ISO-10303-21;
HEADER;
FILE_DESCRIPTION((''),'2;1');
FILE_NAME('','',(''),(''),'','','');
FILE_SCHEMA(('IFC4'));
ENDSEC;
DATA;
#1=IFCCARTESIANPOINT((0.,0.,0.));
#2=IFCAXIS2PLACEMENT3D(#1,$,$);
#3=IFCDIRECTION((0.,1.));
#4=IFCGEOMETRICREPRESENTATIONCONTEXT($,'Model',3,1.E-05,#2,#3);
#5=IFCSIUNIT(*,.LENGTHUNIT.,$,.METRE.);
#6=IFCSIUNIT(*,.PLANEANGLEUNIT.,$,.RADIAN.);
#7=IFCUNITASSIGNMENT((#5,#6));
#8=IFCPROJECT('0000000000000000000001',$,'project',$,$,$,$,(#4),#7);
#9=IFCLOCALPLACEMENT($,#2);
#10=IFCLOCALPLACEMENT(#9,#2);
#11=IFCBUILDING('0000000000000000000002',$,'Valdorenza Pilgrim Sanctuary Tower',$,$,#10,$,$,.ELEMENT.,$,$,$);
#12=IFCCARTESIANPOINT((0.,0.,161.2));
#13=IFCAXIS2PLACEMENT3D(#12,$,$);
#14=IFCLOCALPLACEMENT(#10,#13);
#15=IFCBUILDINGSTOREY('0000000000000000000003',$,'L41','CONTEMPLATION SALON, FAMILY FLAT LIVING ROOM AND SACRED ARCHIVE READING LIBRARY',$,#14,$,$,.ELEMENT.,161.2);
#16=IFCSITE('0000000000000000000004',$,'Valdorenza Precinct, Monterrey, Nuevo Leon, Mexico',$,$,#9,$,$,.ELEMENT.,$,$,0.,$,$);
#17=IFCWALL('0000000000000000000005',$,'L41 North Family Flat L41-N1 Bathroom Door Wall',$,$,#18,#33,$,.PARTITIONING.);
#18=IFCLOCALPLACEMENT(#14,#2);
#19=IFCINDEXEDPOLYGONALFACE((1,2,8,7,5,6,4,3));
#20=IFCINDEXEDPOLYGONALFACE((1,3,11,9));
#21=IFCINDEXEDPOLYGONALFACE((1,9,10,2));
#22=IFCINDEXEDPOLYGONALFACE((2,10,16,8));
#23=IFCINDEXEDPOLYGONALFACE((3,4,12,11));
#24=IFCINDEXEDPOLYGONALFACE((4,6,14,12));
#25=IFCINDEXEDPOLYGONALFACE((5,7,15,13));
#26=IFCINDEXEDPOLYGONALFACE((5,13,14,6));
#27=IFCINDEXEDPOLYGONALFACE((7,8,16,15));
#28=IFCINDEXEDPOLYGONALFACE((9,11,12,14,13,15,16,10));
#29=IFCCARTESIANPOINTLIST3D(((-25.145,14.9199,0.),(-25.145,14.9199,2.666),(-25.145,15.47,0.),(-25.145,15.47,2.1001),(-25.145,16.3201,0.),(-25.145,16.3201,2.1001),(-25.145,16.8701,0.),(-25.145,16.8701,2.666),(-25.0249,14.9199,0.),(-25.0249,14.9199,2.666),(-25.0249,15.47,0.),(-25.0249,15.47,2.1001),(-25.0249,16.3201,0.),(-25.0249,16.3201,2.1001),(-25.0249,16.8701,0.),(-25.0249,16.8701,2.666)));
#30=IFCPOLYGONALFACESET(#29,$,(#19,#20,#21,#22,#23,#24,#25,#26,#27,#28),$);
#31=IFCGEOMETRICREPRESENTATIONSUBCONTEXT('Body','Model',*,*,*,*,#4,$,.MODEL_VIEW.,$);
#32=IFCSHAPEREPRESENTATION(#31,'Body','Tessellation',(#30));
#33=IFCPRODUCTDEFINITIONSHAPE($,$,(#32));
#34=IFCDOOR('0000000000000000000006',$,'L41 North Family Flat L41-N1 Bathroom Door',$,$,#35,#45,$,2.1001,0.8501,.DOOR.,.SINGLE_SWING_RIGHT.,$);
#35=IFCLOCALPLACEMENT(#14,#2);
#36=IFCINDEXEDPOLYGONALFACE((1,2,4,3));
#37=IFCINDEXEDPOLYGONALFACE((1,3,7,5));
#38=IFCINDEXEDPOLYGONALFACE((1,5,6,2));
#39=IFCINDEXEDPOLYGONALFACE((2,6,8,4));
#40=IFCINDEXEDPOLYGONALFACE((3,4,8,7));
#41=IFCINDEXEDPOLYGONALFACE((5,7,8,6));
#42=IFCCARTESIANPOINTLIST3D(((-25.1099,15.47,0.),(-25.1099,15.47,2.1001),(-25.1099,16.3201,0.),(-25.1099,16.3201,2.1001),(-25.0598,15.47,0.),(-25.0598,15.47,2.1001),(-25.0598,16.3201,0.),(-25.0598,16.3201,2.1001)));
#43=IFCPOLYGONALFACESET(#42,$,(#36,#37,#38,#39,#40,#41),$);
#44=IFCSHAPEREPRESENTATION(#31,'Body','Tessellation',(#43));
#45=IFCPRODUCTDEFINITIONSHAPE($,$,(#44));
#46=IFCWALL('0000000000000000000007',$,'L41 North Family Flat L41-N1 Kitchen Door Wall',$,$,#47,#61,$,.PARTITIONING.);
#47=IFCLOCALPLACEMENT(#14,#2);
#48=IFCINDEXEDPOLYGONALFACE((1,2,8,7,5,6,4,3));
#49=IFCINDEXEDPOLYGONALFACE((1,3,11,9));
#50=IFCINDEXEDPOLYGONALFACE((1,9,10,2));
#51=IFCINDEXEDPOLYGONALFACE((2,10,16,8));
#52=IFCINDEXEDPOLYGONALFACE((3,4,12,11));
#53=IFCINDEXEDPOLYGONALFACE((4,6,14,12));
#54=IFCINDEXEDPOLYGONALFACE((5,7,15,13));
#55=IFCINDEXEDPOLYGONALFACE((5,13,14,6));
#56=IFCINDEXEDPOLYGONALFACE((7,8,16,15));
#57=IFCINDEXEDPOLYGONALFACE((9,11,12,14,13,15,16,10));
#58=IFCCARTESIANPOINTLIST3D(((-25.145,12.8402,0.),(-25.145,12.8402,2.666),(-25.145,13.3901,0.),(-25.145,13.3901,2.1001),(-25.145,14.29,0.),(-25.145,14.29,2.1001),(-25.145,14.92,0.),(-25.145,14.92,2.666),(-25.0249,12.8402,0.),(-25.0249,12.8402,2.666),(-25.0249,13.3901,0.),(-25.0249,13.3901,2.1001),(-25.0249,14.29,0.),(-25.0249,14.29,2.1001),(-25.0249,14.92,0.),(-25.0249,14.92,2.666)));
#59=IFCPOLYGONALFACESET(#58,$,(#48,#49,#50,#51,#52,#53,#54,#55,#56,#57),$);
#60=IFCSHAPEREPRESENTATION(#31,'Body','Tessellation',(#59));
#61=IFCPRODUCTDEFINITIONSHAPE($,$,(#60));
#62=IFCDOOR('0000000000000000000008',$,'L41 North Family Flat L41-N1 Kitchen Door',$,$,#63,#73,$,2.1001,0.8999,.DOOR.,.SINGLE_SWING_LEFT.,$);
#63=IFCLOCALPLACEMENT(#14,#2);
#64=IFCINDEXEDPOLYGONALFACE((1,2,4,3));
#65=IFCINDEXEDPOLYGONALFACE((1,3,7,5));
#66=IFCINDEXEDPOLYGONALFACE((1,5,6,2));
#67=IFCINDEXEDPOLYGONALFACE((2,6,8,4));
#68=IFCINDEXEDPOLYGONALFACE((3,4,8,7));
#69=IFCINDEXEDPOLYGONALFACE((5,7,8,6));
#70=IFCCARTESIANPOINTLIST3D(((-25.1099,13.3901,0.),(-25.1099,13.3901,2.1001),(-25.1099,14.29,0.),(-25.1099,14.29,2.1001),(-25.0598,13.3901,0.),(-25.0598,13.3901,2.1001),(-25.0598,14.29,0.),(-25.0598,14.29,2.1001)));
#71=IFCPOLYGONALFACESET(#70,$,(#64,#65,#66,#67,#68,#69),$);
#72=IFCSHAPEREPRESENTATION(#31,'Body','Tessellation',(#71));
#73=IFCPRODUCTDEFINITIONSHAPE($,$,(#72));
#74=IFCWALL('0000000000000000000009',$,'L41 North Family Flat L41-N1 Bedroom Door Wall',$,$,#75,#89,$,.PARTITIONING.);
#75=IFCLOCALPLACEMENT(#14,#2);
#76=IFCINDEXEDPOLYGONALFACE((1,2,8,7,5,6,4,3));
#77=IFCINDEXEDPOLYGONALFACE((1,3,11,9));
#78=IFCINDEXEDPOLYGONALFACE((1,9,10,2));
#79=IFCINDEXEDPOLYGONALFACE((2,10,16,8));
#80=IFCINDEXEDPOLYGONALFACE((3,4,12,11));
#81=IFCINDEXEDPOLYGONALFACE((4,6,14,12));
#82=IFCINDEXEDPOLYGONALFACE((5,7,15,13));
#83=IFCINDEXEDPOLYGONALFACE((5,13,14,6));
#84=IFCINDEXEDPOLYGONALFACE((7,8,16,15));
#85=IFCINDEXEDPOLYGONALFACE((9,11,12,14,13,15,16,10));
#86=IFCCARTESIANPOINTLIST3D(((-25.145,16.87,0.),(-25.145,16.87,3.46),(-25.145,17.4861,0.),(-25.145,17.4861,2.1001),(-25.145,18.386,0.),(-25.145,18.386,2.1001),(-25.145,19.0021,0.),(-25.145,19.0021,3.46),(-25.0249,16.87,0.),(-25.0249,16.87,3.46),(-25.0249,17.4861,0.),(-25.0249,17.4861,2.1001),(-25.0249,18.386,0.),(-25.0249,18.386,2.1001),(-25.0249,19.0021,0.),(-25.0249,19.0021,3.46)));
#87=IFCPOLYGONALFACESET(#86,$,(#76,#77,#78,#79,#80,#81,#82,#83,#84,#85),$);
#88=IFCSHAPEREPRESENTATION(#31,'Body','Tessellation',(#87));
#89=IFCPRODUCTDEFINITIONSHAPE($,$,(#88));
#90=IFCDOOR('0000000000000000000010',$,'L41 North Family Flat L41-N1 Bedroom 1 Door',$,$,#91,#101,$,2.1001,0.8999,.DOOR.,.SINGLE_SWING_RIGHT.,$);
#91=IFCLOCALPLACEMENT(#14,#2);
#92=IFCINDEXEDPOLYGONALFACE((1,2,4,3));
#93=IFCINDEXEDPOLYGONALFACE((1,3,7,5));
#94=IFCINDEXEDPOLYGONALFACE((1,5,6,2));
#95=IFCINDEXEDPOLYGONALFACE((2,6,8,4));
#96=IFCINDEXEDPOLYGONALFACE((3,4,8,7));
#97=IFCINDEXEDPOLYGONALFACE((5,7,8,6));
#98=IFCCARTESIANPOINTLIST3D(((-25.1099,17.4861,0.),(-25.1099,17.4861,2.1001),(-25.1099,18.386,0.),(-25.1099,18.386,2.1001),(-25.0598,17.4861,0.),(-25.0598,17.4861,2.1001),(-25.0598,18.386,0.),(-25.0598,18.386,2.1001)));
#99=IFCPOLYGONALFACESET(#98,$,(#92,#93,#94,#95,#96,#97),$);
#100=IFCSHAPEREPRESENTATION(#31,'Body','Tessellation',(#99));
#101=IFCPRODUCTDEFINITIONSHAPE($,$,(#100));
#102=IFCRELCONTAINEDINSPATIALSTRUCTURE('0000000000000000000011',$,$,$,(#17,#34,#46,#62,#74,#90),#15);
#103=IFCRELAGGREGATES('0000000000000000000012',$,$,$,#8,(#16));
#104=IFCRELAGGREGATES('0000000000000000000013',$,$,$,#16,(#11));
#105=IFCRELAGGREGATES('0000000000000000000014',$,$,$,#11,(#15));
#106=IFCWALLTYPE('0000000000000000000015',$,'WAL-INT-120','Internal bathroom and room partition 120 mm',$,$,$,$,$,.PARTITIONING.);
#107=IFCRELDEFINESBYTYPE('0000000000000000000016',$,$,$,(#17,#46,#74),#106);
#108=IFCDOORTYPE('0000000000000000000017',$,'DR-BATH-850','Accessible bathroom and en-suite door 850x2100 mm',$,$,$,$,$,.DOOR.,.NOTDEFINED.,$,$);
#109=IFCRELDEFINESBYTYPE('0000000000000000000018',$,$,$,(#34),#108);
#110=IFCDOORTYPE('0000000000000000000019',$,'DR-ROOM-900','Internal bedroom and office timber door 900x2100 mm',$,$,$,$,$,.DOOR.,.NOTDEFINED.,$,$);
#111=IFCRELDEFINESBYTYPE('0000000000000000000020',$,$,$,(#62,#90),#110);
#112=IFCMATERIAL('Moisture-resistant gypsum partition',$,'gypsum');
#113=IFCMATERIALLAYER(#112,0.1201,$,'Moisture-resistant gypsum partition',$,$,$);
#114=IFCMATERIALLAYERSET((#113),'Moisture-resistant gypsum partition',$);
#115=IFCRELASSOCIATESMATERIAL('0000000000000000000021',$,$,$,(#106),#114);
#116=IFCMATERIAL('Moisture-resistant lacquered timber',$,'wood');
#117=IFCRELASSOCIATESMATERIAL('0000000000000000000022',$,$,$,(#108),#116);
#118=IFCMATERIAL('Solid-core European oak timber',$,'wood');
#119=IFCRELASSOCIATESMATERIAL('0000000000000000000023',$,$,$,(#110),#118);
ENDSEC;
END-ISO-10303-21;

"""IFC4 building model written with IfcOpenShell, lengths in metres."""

from ifc_helpers import new_model, si_unit, direction, frame, frame_2d, origin, place, context, subcontext, project, spatial, rectangle, extrude, material, layer, layer_set, type_object, element, fill, save


model = new_model("IFC4")

# Units and contexts
model_context = context("Model", 3, precision=1e-05, world=origin(), true_north=direction((0.0, 1.0)))
body_context = subcontext(model_context, "Body", "Model", "MODEL_VIEW")
ifc_project = project(units=[si_unit("LENGTHUNIT", "METRE"), si_unit("PLANEANGLEUNIT", "RADIAN")], contexts=[model_context])

# Site, building, storey
site_placement = place(None, origin())
site = spatial("IfcSite", under=ifc_project, at=site_placement, Name="Valdorenza Precinct, Monterrey, Nuevo Leon, Mexico", CompositionType="ELEMENT", RefElevation=0.0)
building_placement = place(site_placement, origin())
building = spatial("IfcBuilding", under=site, at=building_placement, Name="Valdorenza Pilgrim Sanctuary Tower", CompositionType="ELEMENT")
storey_placement = place(building_placement, frame((0.0, 0.0, 161.2)))
storey = spatial("IfcBuildingStorey", under=building, at=storey_placement, Name="L41", Description="CONTEMPLATION SALON, FAMILY FLAT LIVING ROOM AND SACRED ARCHIVE READING LIBRARY", CompositionType="ELEMENT", Elevation=161.2)

# Shared definitions
ifc_material_1 = material(Name="Solid-core European oak timber", Category="wood")

# Shared definitions
ifc_material_2 = material(Name="Moisture-resistant gypsum partition", Category="gypsum")
ifc_layer_1 = layer(ifc_material_2, 0.1201, Name="Moisture-resistant gypsum partition")
ifc_layer_set_1 = layer_set([ifc_layer_1], Name="Moisture-resistant gypsum partition")
wall_type_1 = type_object("IfcWallType", Name="WAL-INT-120", Description="Internal bathroom and room partition 120 mm", PredefinedType="PARTITIONING", material=ifc_layer_set_1)

# Walls, openings, doors
wall_1_placement = place(storey_placement, frame((-25.085, 14.9199, 0.0), z_axis=(0.0, 0.0, 1.0), x_axis=(0.0, 1.0, 0.0)))
wall_1 = element("IfcWall", 1, at=wall_1_placement, inside=storey, type_object=wall_type_1, Name="L41 North Family Flat L41-N1 Bathroom Door Wall", PredefinedType="PARTITIONING", context=body_context, shape_type="SweptSolid", body=[
    extrude(rectangle(XDim=1.9502, YDim=0.1201, at=frame_2d((0.9751, 0.0))), origin(), (0.0, 0.0, 1.0), 2.666),
])
opening_1_placement = place(wall_1_placement, frame((0.55, 0.0, 0.0)))
opening_1 = element("IfcOpeningElement", 2, at=opening_1_placement, cuts=wall_1, PredefinedType="OPENING", context=body_context, shape_type="SweptSolid", body=[
    extrude(rectangle(XDim=0.8501, YDim=2.1001, at=frame_2d((0.425, 1.05))), frame((0.0, 0.075, 0.0), z_axis=(0.0, -1.0, 0.0), x_axis=(1.0, 0.0, 0.0)), (0.0, 0.0, 1.0), 0.1499),
])
ifc_material_3 = material(Name="Moisture-resistant lacquered timber", Category="wood")
door_type_1 = type_object("IfcDoorType", Name="DR-BATH-850", Description="Accessible bathroom and en-suite door 850x2100 mm", OperationType="NOTDEFINED", PredefinedType="DOOR", material=ifc_material_3)
door_1_placement = place(opening_1_placement, origin())
door_1 = element("IfcDoor", 3, at=door_1_placement, inside=storey, type_object=door_type_1, Name="L41 North Family Flat L41-N1 Bathroom Door", OperationType="SINGLE_SWING_RIGHT", OverallHeight=2.1001, OverallWidth=0.8501, PredefinedType="DOOR", context=body_context, shape_type="SweptSolid", body=[
    extrude(rectangle(XDim=0.8501, YDim=2.1001, at=frame_2d((0.425, 1.05))), frame((0.0, 0.0249, 0.0), z_axis=(0.0, -1.0, 0.0), x_axis=(1.0, 0.0, 0.0)), (0.0, 0.0, 1.0), 0.05),
])
fill(opening_1, door_1)
wall_2_placement = place(storey_placement, frame((-25.085, 12.8401, 0.0), z_axis=(0.0, 0.0, 1.0), x_axis=(0.0, 1.0, 0.0)))
wall_2 = element("IfcWall", 4, at=wall_2_placement, inside=storey, type_object=wall_type_1, Name="L41 North Family Flat L41-N1 Kitchen Door Wall", PredefinedType="PARTITIONING", context=body_context, shape_type="SweptSolid", body=[
    extrude(rectangle(XDim=2.0798, YDim=0.1201, at=frame_2d((1.04, 0.0))), origin(), (0.0, 0.0, 1.0), 2.666),
])
opening_2_placement = place(wall_2_placement, frame((0.55, 0.0, 0.0)))
opening_2 = element("IfcOpeningElement", 5, at=opening_2_placement, cuts=wall_2, PredefinedType="OPENING", context=body_context, shape_type="SweptSolid", body=[
    extrude(rectangle(XDim=0.8999, YDim=2.1001, at=frame_2d((0.45, 1.05))), frame((0.0, 0.075, 0.0), z_axis=(0.0, -1.0, 0.0), x_axis=(1.0, 0.0, 0.0)), (0.0, 0.0, 1.0), 0.1499),
])
door_type_2 = type_object("IfcDoorType", Name="DR-ROOM-900", Description="Internal bedroom and office timber door 900x2100 mm", OperationType="NOTDEFINED", PredefinedType="DOOR", material=ifc_material_1)
door_2_placement = place(opening_2_placement, origin())
door_2 = element("IfcDoor", 6, at=door_2_placement, inside=storey, type_object=door_type_2, Name="L41 North Family Flat L41-N1 Kitchen Door", OperationType="SINGLE_SWING_LEFT", OverallHeight=2.1001, OverallWidth=0.8999, PredefinedType="DOOR", context=body_context, shape_type="SweptSolid", body=[
    extrude(rectangle(XDim=0.8999, YDim=2.1001, at=frame_2d((0.45, 1.05))), frame((0.0, 0.0249, 0.0), z_axis=(0.0, -1.0, 0.0), x_axis=(1.0, 0.0, 0.0)), (0.0, 0.0, 1.0), 0.05),
])
fill(opening_2, door_2)
wall_3_placement = place(storey_placement, frame((-25.085, 16.8701, 0.0), z_axis=(0.0, 0.0, 1.0), x_axis=(0.0, 1.0, 0.0)))
wall_3 = element("IfcWall", 7, at=wall_3_placement, inside=storey, type_object=wall_type_1, Name="L41 North Family Flat L41-N1 Bedroom Door Wall", PredefinedType="PARTITIONING", context=body_context, shape_type="SweptSolid", body=[
    extrude(rectangle(XDim=2.1321, YDim=0.1201, at=frame_2d((1.0659, 0.0))), origin(), (0.0, 0.0, 1.0), 3.46),
])
opening_3_placement = place(wall_3_placement, frame((0.616, 0.0, 0.0)))
opening_3 = element("IfcOpeningElement", 8, at=opening_3_placement, cuts=wall_3, PredefinedType="OPENING", context=body_context, shape_type="SweptSolid", body=[
    extrude(rectangle(XDim=0.8999, YDim=2.1001, at=frame_2d((0.45, 1.05))), frame((0.0, 0.075, 0.0), z_axis=(0.0, -1.0, 0.0), x_axis=(1.0, 0.0, 0.0)), (0.0, 0.0, 1.0), 0.1499),
])
door_3_placement = place(opening_3_placement, origin())
door_3 = element("IfcDoor", 9, at=door_3_placement, inside=storey, type_object=door_type_2, Name="L41 North Family Flat L41-N1 Bedroom 1 Door", OperationType="SINGLE_SWING_RIGHT", OverallHeight=2.1001, OverallWidth=0.8999, PredefinedType="DOOR", context=body_context, shape_type="SweptSolid", body=[
    extrude(rectangle(XDim=0.8999, YDim=2.1001, at=frame_2d((0.45, 1.05))), frame((0.0, 0.0249, 0.0), z_axis=(0.0, -1.0, 0.0), x_axis=(1.0, 0.0, 0.0)), (0.0, 0.0, 1.0), 0.05),
])
fill(opening_3, door_3)

save(model, "model.ifc")
